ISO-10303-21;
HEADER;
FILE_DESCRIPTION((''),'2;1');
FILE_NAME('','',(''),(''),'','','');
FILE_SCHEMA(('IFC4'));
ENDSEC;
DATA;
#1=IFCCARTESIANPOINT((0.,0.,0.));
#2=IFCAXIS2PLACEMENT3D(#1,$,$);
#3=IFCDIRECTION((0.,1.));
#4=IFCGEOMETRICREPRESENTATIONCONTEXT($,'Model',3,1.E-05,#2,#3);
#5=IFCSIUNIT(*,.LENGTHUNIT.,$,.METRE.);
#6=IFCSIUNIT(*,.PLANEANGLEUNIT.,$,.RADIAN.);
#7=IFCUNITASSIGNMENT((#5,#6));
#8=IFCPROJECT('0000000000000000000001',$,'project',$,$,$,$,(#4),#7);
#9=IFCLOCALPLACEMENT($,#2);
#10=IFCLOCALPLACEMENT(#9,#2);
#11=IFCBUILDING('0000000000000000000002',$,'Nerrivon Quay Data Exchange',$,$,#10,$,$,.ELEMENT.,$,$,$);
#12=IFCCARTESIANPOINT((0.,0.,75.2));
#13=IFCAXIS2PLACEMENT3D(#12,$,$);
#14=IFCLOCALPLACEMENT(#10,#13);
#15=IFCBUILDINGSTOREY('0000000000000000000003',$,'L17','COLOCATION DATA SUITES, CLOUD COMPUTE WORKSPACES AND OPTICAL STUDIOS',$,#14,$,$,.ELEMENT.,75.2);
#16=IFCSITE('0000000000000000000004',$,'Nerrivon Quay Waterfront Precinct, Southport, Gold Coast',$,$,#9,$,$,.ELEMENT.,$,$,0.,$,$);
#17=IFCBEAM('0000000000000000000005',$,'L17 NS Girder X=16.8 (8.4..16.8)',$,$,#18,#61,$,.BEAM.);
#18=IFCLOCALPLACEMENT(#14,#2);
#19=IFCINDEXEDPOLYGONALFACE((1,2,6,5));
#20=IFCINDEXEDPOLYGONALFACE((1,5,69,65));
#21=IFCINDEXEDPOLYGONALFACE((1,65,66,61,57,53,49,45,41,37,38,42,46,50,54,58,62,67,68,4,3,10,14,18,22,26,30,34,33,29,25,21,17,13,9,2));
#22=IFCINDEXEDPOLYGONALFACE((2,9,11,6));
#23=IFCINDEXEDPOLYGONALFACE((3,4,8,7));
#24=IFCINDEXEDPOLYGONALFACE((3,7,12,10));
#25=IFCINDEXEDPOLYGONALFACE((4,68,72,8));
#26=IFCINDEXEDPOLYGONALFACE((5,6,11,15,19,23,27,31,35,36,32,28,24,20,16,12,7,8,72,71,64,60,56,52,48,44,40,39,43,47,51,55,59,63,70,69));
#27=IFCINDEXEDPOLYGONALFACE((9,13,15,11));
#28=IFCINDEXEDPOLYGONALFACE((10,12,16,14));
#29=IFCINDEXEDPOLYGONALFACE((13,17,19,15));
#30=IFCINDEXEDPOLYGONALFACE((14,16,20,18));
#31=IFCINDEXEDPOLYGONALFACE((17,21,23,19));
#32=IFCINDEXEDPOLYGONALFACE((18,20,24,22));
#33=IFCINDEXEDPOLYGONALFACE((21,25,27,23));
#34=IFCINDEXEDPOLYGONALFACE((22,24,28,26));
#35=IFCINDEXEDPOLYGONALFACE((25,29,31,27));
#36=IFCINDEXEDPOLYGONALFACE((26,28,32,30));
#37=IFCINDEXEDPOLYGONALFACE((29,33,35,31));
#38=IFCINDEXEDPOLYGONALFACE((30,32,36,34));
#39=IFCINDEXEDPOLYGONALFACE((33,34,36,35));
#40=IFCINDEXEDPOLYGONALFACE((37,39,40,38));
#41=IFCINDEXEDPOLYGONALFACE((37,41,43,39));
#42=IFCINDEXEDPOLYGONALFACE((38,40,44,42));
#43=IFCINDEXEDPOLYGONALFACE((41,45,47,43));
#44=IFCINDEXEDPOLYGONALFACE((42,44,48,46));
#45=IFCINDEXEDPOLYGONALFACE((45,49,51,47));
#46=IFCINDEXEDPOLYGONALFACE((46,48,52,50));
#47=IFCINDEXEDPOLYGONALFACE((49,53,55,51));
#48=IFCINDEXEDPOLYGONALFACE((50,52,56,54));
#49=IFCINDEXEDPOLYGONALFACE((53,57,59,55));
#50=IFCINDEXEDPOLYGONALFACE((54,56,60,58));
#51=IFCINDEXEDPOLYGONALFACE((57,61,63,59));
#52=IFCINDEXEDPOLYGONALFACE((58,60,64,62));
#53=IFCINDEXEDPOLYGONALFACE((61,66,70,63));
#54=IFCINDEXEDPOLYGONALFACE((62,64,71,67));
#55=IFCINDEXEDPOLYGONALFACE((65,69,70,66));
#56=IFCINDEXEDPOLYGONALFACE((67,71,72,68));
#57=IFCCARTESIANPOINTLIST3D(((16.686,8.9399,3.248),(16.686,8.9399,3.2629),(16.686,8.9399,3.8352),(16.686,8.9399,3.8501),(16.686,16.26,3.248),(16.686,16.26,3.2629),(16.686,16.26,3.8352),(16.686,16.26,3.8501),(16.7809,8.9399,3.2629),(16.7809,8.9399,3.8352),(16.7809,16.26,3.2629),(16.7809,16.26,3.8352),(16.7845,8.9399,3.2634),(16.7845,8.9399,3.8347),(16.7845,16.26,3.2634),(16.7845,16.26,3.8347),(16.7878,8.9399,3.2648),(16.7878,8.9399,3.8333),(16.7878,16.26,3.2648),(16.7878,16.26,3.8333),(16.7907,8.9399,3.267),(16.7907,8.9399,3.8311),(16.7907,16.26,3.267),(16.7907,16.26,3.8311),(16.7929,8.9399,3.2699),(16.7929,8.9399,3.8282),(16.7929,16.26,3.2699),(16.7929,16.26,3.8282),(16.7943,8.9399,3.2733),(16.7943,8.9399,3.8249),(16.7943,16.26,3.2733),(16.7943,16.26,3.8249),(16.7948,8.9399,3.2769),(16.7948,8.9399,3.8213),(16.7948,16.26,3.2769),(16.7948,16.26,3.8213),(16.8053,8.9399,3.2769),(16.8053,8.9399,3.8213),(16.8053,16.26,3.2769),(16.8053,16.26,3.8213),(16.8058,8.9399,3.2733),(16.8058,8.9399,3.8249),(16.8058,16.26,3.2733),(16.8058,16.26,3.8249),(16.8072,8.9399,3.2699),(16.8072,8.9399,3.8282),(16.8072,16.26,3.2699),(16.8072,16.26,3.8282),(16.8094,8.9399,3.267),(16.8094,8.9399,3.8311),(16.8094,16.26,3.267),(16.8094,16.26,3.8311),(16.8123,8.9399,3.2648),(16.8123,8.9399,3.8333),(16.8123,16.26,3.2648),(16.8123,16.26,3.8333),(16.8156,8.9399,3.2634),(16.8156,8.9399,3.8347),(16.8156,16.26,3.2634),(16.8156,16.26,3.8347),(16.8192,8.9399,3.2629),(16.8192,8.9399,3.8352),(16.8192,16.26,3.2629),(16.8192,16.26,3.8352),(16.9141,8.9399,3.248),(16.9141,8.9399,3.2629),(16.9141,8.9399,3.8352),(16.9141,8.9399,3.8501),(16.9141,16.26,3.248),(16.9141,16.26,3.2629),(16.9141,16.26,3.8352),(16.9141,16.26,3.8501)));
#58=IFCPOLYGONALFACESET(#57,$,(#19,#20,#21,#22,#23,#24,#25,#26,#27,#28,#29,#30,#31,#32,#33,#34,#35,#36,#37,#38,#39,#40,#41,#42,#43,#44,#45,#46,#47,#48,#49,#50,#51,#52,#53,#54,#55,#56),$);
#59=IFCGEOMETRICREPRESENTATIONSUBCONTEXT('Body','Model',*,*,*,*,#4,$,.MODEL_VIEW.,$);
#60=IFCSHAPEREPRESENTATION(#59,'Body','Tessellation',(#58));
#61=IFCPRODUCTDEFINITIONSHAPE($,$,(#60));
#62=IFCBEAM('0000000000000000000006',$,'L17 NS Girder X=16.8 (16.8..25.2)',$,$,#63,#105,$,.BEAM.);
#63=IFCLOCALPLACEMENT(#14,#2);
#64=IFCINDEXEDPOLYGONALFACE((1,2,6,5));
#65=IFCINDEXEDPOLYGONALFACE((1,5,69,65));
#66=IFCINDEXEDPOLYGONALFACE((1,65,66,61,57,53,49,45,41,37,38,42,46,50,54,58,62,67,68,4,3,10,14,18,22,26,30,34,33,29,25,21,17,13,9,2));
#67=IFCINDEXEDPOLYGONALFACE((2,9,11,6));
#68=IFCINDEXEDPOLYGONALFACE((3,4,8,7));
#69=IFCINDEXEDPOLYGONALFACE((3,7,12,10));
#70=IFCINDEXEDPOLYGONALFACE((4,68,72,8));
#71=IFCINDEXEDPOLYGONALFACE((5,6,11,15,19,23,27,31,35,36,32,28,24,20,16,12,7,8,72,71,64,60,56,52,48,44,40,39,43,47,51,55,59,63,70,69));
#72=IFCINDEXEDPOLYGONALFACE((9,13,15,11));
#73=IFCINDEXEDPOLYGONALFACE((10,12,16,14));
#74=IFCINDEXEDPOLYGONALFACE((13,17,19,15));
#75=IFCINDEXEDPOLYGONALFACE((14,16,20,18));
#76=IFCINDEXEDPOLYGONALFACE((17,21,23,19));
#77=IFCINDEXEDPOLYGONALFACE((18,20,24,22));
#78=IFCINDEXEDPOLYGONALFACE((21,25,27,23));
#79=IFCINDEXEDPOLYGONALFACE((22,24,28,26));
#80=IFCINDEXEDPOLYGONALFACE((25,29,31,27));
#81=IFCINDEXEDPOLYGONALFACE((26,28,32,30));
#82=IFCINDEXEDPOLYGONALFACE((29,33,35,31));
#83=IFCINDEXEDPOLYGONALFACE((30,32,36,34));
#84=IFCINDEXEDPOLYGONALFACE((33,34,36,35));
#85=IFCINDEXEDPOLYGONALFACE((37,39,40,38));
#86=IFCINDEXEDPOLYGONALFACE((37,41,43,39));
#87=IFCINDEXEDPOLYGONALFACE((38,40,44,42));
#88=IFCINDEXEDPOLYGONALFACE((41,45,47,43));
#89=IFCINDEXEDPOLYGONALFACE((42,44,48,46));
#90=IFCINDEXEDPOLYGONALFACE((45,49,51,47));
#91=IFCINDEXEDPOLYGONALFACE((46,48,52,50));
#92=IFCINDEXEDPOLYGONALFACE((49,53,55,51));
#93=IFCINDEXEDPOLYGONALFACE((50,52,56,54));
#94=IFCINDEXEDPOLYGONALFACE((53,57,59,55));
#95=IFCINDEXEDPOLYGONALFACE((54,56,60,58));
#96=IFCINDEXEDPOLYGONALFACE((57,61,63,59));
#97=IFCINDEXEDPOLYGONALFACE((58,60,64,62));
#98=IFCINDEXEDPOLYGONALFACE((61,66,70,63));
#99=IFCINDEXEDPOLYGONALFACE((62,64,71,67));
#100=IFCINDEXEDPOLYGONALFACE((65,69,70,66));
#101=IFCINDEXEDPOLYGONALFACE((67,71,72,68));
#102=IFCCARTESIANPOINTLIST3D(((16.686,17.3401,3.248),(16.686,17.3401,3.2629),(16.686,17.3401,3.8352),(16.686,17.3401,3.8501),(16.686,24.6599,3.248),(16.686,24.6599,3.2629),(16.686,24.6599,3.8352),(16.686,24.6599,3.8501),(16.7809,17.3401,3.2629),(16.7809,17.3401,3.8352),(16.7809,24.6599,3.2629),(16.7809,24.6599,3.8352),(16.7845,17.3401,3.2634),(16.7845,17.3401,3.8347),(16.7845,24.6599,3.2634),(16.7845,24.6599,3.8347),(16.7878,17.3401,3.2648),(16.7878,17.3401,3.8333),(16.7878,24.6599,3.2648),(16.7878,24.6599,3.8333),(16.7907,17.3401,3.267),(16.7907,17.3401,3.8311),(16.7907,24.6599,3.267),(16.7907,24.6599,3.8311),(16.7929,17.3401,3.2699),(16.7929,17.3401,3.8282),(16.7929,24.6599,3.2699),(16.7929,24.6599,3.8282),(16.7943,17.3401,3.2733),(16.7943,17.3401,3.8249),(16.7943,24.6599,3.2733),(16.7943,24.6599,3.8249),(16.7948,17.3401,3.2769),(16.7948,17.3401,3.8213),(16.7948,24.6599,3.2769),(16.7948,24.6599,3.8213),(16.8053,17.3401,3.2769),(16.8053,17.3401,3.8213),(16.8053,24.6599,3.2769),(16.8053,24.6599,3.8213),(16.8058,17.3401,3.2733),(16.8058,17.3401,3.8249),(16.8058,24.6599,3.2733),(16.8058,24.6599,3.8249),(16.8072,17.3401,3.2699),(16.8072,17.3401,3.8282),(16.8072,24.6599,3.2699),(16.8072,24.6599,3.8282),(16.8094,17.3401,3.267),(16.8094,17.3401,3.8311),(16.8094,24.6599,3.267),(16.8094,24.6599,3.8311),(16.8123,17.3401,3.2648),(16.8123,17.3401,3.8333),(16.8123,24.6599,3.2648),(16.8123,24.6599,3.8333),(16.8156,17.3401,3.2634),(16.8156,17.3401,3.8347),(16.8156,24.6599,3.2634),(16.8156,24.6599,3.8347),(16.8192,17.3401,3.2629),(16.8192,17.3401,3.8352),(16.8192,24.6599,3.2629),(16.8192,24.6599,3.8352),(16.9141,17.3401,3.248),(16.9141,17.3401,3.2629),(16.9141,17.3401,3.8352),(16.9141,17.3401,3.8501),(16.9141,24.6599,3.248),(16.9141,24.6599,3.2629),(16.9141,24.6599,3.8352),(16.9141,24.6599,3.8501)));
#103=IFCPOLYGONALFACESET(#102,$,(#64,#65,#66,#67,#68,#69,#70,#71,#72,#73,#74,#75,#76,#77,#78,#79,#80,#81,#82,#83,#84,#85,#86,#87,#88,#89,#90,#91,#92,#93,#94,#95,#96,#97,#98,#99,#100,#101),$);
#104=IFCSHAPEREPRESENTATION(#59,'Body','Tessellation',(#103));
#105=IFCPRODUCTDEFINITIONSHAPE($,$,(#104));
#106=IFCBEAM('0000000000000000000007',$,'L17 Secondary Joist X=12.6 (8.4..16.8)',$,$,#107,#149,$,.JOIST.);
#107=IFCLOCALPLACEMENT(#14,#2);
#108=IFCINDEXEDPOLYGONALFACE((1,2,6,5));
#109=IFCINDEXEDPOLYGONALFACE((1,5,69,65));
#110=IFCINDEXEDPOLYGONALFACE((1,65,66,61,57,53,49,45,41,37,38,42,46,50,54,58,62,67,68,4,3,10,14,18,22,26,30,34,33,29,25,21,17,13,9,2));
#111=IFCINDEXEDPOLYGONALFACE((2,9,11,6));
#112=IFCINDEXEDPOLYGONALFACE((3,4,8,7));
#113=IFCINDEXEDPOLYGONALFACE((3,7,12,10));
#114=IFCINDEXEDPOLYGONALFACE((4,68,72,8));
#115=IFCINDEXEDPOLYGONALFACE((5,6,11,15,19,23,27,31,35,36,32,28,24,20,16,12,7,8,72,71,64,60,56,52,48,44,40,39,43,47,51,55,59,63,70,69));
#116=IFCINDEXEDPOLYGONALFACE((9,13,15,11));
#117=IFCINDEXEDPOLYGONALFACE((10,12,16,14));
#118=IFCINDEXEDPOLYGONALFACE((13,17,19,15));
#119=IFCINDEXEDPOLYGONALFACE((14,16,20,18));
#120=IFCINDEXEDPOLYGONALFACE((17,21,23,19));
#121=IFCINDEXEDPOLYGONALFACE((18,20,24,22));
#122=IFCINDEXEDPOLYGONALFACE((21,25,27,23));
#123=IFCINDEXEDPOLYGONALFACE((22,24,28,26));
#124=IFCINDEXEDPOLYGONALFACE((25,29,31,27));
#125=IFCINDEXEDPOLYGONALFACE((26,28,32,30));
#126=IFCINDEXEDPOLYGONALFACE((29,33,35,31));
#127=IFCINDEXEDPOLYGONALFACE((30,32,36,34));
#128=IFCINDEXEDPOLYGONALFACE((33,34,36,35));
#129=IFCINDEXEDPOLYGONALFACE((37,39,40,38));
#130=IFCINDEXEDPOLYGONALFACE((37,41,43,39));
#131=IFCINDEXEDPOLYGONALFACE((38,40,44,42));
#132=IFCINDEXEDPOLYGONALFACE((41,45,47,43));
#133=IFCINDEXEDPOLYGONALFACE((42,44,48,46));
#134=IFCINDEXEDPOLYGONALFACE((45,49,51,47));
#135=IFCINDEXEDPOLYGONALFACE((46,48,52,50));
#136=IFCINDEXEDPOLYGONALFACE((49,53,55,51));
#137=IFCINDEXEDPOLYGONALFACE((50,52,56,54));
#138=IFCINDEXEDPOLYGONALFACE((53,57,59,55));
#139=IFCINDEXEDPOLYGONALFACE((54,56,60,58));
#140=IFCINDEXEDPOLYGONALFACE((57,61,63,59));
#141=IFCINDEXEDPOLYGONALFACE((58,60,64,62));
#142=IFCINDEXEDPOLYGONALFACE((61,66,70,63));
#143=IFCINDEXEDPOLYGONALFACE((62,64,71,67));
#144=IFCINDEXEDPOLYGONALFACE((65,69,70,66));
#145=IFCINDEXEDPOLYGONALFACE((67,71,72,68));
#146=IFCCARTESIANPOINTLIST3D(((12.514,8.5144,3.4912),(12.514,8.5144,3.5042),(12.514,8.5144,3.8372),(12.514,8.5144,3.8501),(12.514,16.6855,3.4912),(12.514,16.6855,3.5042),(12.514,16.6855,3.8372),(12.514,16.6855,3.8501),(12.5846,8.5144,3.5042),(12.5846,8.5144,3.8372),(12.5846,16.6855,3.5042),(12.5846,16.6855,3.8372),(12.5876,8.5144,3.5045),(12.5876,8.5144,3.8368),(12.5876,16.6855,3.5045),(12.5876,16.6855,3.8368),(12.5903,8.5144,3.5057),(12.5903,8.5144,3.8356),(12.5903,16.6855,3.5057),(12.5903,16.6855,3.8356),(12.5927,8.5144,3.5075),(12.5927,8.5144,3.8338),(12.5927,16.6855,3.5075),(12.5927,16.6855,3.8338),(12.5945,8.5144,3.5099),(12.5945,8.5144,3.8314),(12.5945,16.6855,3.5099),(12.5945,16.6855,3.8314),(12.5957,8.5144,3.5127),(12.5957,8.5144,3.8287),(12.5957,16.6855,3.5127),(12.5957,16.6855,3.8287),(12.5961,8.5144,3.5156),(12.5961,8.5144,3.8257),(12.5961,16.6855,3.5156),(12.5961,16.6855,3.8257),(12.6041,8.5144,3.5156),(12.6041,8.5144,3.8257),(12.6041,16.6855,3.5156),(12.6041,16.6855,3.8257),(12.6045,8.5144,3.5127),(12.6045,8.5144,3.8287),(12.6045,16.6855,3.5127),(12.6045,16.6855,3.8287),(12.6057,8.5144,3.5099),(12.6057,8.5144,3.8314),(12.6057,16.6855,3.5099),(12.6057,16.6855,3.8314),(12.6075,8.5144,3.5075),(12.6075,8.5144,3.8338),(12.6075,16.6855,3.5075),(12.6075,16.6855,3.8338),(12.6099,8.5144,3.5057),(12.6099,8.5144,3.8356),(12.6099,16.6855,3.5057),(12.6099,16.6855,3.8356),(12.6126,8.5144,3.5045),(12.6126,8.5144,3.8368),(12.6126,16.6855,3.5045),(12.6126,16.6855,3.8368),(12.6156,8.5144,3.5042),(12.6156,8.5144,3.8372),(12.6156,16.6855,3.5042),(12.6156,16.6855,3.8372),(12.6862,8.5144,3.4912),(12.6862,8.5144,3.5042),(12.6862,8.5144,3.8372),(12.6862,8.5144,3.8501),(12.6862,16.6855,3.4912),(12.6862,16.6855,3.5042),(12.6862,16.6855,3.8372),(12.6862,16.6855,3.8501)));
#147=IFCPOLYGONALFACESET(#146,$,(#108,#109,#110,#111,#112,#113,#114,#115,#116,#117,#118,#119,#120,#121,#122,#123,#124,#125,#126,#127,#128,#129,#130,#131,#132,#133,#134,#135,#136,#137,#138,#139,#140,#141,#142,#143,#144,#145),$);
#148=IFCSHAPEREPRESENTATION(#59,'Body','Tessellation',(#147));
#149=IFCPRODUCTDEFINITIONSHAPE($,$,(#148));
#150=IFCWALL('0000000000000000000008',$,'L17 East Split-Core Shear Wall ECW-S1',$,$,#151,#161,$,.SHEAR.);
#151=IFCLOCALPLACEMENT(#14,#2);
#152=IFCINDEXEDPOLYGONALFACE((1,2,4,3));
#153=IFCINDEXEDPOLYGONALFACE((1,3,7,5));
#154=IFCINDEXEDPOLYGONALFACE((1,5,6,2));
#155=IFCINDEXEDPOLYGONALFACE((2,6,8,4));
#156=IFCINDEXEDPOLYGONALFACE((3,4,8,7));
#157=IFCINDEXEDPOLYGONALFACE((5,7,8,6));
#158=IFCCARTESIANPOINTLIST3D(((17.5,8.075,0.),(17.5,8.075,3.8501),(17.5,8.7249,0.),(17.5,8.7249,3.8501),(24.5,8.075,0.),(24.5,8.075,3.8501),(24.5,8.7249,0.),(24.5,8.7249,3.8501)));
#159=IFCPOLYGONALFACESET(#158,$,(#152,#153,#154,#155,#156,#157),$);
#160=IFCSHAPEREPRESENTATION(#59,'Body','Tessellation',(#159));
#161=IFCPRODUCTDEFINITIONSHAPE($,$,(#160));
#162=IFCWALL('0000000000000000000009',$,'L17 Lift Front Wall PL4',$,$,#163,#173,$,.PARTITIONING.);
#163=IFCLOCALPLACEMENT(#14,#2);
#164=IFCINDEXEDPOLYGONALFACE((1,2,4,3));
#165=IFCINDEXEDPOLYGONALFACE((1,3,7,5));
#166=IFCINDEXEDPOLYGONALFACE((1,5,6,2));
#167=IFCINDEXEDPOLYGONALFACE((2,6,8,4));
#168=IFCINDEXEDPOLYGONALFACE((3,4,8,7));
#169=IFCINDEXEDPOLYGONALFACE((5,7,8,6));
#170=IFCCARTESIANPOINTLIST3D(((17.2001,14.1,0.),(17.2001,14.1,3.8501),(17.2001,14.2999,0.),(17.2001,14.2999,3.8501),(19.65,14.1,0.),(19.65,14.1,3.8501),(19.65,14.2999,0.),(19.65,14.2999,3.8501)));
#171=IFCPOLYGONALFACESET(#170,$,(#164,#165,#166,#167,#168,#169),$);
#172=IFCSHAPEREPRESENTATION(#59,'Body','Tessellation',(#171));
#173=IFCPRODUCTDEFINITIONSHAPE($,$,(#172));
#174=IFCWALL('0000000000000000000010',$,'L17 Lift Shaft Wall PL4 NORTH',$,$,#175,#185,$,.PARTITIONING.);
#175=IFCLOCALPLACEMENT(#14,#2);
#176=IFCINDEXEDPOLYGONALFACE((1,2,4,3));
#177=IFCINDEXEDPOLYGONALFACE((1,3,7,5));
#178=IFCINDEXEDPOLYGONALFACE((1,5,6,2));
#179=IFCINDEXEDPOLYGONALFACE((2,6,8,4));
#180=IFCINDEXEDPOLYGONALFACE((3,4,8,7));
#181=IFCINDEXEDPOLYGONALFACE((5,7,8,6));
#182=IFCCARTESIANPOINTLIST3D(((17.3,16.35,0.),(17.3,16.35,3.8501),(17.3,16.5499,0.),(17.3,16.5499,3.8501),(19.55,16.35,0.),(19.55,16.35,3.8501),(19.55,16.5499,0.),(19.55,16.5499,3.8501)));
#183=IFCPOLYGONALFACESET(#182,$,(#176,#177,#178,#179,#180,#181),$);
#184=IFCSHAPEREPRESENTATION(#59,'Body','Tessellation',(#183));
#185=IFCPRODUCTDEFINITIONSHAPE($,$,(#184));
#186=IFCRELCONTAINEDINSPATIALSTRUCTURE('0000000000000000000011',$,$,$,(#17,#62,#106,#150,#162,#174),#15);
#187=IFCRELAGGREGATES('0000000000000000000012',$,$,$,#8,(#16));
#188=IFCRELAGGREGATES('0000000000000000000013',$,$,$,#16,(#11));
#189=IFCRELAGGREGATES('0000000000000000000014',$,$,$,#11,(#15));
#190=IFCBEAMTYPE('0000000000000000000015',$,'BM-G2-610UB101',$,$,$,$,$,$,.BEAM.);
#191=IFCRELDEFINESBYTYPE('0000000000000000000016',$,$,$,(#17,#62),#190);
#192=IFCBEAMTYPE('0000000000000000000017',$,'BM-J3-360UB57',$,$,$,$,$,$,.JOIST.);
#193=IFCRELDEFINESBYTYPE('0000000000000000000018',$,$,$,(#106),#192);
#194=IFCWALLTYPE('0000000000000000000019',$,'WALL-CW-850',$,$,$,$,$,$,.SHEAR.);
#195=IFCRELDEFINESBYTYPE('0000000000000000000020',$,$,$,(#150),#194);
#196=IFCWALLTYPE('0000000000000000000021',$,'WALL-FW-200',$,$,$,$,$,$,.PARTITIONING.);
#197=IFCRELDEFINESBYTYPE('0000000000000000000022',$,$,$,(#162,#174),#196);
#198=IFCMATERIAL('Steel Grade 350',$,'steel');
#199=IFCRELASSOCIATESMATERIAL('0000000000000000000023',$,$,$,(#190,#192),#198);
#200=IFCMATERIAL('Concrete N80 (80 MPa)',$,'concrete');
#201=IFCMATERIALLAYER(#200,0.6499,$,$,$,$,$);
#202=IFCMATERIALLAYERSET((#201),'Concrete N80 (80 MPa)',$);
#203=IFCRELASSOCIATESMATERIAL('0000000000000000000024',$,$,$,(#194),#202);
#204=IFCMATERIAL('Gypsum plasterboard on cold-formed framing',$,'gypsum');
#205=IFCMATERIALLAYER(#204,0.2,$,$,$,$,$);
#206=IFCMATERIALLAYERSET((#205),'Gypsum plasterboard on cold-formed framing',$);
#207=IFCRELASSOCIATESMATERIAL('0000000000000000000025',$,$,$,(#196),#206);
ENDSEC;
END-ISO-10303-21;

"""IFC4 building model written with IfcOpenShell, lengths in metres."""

from ifc_helpers import new_model, si_unit, direction, frame, frame_2d, origin, origin_2d, place, context, subcontext, project, spatial, rectangle, i_section, extrude, material, layer, layer_set, material_profile, profile_set, type_object, element, save


model = new_model("IFC4")

# Units and contexts
model_context = context("Model", 3, precision=1e-05, world=origin(), true_north=direction((0.0, 1.0)))
body_context = subcontext(model_context, "Body", "Model", "MODEL_VIEW")
ifc_project = project(units=[si_unit("LENGTHUNIT", "METRE"), si_unit("PLANEANGLEUNIT", "RADIAN")], contexts=[model_context])

# Site, building, storey
site_placement = place(None, origin())
site = spatial("IfcSite", under=ifc_project, at=site_placement, Name="Nerrivon Quay Waterfront Precinct, Southport, Gold Coast", CompositionType="ELEMENT", RefElevation=0.0)
building_placement = place(site_placement, origin())
building = spatial("IfcBuilding", under=site, at=building_placement, Name="Nerrivon Quay Data Exchange", CompositionType="ELEMENT")
storey_placement = place(building_placement, frame((0.0, 0.0, 75.2)))
storey = spatial("IfcBuildingStorey", under=building, at=storey_placement, Name="L17", Description="COLOCATION DATA SUITES, CLOUD COMPUTE WORKSPACES AND OPTICAL STUDIOS", CompositionType="ELEMENT", Elevation=75.2)

# Shared definitions
ifc_material_1 = material(Name="Concrete N80 (80 MPa)", Category="concrete")
ifc_material_2 = material(Name="Steel Grade 350", Category="steel")

# Beams
ifc_material_profile_1 = material_profile(ifc_material_2, i_section(OverallWidth=0.228, OverallDepth=0.6021, WebThickness=0.0105, FlangeThickness=0.0149, FilletRadius=0.0139, at=origin_2d()), Name="610UB101")
ifc_profile_set_1 = profile_set([ifc_material_profile_1], Name="Steel Grade 350")
beam_type_1 = type_object("IfcBeamType", Name="BM-G2-610UB101", PredefinedType="BEAM", material=ifc_profile_set_1)
beam_1_placement = place(storey_placement, frame((16.8, 8.9399, 3.5491), z_axis=(0.0, 1.0, 0.0), x_axis=(-1.0, 0.0, 0.0)))
element("IfcBeam", 1, at=beam_1_placement, inside=storey, type_object=beam_type_1, Name="L17 NS Girder X=16.8 (8.4..16.8)", PredefinedType="BEAM", context=body_context, shape_type="SweptSolid", body=[
    extrude(i_section(OverallWidth=0.228, OverallDepth=0.6021, WebThickness=0.0105, FlangeThickness=0.0149, FilletRadius=0.0139, at=origin_2d()), origin(), (0.0, 0.0, 1.0), 7.3201),
])
beam_2_placement = place(storey_placement, frame((16.8, 17.3401, 3.5491), z_axis=(0.0, 1.0, 0.0), x_axis=(-1.0, 0.0, 0.0)))
element("IfcBeam", 2, at=beam_2_placement, inside=storey, type_object=beam_type_1, Name="L17 NS Girder X=16.8 (16.8..25.2)", PredefinedType="BEAM", context=body_context, shape_type="SweptSolid", body=[
    extrude(i_section(OverallWidth=0.228, OverallDepth=0.6021, WebThickness=0.0105, FlangeThickness=0.0149, FilletRadius=0.0139, at=origin_2d()), origin(), (0.0, 0.0, 1.0), 7.3198),
])
ifc_material_profile_2 = material_profile(ifc_material_2, i_section(OverallWidth=0.1721, OverallDepth=0.3589, WebThickness=0.0081, FlangeThickness=0.0129, FilletRadius=0.0115, at=origin_2d()), Name="360UB56.7")
ifc_profile_set_2 = profile_set([ifc_material_profile_2], Name="Steel Grade 350")
beam_type_2 = type_object("IfcBeamType", Name="BM-J3-360UB57", PredefinedType="JOIST", material=ifc_profile_set_2)
beam_3_placement = place(storey_placement, frame((12.6001, 8.5144, 3.6707), z_axis=(0.0, 1.0, 0.0), x_axis=(-1.0, 0.0, 0.0)))
element("IfcBeam", 3, at=beam_3_placement, inside=storey, type_object=beam_type_2, Name="L17 Secondary Joist X=12.6 (8.4..16.8)", PredefinedType="JOIST", context=body_context, shape_type="SweptSolid", body=[
    extrude(i_section(OverallWidth=0.1721, OverallDepth=0.3589, WebThickness=0.0081, FlangeThickness=0.0129, FilletRadius=0.0115, at=origin_2d()), origin(), (0.0, 0.0, 1.0), 8.1711),
])

# Wall
ifc_layer_1 = layer(ifc_material_1, 0.6499)
ifc_layer_set_1 = layer_set([ifc_layer_1], Name="Concrete N80 (80 MPa)")
wall_type_1 = type_object("IfcWallType", Name="WALL-CW-850", PredefinedType="SHEAR", material=ifc_layer_set_1)
wall_1_placement = place(storey_placement, frame((17.5, 8.3999, 0.0), z_axis=(0.0, 0.0, 1.0), x_axis=(1.0, 0.0, 0.0)))
element("IfcWall", 4, at=wall_1_placement, inside=storey, type_object=wall_type_1, Name="L17 East Split-Core Shear Wall ECW-S1", PredefinedType="SHEAR", context=body_context, shape_type="SweptSolid", body=[
    extrude(rectangle(XDim=7.0, YDim=0.6499, at=frame_2d((3.5, 0.0))), origin(), (0.0, 0.0, 1.0), 3.8501),
])

# Walls
ifc_material_3 = material(Name="Gypsum plasterboard on cold-formed framing", Category="gypsum")
ifc_layer_2 = layer(ifc_material_3, 0.2)
ifc_layer_set_2 = layer_set([ifc_layer_2], Name="Gypsum plasterboard on cold-formed framing")
wall_type_2 = type_object("IfcWallType", Name="WALL-FW-200", PredefinedType="PARTITIONING", material=ifc_layer_set_2)
wall_2_placement = place(storey_placement, frame((17.2, 14.2, 0.0), z_axis=(0.0, 0.0, 1.0), x_axis=(1.0, 0.0, 0.0)))
element("IfcWall", 5, at=wall_2_placement, inside=storey, type_object=wall_type_2, Name="L17 Lift Front Wall PL4", PredefinedType="PARTITIONING", context=body_context, shape_type="SweptSolid", body=[
    extrude(rectangle(XDim=2.45, YDim=0.2, at=frame_2d((1.2251, 0.0))), origin(), (0.0, 0.0, 1.0), 3.8501),
])
wall_3_placement = place(storey_placement, frame((17.3, 16.45, 0.0), z_axis=(0.0, 0.0, 1.0), x_axis=(1.0, 0.0, 0.0)))
element("IfcWall", 6, at=wall_3_placement, inside=storey, type_object=wall_type_2, Name="L17 Lift Shaft Wall PL4 NORTH", PredefinedType="PARTITIONING", context=body_context, shape_type="SweptSolid", body=[
    extrude(rectangle(XDim=2.25, YDim=0.2, at=frame_2d((1.125, 0.0))), origin(), (0.0, 0.0, 1.0), 3.8501),
])

save(model, "model.ifc")
